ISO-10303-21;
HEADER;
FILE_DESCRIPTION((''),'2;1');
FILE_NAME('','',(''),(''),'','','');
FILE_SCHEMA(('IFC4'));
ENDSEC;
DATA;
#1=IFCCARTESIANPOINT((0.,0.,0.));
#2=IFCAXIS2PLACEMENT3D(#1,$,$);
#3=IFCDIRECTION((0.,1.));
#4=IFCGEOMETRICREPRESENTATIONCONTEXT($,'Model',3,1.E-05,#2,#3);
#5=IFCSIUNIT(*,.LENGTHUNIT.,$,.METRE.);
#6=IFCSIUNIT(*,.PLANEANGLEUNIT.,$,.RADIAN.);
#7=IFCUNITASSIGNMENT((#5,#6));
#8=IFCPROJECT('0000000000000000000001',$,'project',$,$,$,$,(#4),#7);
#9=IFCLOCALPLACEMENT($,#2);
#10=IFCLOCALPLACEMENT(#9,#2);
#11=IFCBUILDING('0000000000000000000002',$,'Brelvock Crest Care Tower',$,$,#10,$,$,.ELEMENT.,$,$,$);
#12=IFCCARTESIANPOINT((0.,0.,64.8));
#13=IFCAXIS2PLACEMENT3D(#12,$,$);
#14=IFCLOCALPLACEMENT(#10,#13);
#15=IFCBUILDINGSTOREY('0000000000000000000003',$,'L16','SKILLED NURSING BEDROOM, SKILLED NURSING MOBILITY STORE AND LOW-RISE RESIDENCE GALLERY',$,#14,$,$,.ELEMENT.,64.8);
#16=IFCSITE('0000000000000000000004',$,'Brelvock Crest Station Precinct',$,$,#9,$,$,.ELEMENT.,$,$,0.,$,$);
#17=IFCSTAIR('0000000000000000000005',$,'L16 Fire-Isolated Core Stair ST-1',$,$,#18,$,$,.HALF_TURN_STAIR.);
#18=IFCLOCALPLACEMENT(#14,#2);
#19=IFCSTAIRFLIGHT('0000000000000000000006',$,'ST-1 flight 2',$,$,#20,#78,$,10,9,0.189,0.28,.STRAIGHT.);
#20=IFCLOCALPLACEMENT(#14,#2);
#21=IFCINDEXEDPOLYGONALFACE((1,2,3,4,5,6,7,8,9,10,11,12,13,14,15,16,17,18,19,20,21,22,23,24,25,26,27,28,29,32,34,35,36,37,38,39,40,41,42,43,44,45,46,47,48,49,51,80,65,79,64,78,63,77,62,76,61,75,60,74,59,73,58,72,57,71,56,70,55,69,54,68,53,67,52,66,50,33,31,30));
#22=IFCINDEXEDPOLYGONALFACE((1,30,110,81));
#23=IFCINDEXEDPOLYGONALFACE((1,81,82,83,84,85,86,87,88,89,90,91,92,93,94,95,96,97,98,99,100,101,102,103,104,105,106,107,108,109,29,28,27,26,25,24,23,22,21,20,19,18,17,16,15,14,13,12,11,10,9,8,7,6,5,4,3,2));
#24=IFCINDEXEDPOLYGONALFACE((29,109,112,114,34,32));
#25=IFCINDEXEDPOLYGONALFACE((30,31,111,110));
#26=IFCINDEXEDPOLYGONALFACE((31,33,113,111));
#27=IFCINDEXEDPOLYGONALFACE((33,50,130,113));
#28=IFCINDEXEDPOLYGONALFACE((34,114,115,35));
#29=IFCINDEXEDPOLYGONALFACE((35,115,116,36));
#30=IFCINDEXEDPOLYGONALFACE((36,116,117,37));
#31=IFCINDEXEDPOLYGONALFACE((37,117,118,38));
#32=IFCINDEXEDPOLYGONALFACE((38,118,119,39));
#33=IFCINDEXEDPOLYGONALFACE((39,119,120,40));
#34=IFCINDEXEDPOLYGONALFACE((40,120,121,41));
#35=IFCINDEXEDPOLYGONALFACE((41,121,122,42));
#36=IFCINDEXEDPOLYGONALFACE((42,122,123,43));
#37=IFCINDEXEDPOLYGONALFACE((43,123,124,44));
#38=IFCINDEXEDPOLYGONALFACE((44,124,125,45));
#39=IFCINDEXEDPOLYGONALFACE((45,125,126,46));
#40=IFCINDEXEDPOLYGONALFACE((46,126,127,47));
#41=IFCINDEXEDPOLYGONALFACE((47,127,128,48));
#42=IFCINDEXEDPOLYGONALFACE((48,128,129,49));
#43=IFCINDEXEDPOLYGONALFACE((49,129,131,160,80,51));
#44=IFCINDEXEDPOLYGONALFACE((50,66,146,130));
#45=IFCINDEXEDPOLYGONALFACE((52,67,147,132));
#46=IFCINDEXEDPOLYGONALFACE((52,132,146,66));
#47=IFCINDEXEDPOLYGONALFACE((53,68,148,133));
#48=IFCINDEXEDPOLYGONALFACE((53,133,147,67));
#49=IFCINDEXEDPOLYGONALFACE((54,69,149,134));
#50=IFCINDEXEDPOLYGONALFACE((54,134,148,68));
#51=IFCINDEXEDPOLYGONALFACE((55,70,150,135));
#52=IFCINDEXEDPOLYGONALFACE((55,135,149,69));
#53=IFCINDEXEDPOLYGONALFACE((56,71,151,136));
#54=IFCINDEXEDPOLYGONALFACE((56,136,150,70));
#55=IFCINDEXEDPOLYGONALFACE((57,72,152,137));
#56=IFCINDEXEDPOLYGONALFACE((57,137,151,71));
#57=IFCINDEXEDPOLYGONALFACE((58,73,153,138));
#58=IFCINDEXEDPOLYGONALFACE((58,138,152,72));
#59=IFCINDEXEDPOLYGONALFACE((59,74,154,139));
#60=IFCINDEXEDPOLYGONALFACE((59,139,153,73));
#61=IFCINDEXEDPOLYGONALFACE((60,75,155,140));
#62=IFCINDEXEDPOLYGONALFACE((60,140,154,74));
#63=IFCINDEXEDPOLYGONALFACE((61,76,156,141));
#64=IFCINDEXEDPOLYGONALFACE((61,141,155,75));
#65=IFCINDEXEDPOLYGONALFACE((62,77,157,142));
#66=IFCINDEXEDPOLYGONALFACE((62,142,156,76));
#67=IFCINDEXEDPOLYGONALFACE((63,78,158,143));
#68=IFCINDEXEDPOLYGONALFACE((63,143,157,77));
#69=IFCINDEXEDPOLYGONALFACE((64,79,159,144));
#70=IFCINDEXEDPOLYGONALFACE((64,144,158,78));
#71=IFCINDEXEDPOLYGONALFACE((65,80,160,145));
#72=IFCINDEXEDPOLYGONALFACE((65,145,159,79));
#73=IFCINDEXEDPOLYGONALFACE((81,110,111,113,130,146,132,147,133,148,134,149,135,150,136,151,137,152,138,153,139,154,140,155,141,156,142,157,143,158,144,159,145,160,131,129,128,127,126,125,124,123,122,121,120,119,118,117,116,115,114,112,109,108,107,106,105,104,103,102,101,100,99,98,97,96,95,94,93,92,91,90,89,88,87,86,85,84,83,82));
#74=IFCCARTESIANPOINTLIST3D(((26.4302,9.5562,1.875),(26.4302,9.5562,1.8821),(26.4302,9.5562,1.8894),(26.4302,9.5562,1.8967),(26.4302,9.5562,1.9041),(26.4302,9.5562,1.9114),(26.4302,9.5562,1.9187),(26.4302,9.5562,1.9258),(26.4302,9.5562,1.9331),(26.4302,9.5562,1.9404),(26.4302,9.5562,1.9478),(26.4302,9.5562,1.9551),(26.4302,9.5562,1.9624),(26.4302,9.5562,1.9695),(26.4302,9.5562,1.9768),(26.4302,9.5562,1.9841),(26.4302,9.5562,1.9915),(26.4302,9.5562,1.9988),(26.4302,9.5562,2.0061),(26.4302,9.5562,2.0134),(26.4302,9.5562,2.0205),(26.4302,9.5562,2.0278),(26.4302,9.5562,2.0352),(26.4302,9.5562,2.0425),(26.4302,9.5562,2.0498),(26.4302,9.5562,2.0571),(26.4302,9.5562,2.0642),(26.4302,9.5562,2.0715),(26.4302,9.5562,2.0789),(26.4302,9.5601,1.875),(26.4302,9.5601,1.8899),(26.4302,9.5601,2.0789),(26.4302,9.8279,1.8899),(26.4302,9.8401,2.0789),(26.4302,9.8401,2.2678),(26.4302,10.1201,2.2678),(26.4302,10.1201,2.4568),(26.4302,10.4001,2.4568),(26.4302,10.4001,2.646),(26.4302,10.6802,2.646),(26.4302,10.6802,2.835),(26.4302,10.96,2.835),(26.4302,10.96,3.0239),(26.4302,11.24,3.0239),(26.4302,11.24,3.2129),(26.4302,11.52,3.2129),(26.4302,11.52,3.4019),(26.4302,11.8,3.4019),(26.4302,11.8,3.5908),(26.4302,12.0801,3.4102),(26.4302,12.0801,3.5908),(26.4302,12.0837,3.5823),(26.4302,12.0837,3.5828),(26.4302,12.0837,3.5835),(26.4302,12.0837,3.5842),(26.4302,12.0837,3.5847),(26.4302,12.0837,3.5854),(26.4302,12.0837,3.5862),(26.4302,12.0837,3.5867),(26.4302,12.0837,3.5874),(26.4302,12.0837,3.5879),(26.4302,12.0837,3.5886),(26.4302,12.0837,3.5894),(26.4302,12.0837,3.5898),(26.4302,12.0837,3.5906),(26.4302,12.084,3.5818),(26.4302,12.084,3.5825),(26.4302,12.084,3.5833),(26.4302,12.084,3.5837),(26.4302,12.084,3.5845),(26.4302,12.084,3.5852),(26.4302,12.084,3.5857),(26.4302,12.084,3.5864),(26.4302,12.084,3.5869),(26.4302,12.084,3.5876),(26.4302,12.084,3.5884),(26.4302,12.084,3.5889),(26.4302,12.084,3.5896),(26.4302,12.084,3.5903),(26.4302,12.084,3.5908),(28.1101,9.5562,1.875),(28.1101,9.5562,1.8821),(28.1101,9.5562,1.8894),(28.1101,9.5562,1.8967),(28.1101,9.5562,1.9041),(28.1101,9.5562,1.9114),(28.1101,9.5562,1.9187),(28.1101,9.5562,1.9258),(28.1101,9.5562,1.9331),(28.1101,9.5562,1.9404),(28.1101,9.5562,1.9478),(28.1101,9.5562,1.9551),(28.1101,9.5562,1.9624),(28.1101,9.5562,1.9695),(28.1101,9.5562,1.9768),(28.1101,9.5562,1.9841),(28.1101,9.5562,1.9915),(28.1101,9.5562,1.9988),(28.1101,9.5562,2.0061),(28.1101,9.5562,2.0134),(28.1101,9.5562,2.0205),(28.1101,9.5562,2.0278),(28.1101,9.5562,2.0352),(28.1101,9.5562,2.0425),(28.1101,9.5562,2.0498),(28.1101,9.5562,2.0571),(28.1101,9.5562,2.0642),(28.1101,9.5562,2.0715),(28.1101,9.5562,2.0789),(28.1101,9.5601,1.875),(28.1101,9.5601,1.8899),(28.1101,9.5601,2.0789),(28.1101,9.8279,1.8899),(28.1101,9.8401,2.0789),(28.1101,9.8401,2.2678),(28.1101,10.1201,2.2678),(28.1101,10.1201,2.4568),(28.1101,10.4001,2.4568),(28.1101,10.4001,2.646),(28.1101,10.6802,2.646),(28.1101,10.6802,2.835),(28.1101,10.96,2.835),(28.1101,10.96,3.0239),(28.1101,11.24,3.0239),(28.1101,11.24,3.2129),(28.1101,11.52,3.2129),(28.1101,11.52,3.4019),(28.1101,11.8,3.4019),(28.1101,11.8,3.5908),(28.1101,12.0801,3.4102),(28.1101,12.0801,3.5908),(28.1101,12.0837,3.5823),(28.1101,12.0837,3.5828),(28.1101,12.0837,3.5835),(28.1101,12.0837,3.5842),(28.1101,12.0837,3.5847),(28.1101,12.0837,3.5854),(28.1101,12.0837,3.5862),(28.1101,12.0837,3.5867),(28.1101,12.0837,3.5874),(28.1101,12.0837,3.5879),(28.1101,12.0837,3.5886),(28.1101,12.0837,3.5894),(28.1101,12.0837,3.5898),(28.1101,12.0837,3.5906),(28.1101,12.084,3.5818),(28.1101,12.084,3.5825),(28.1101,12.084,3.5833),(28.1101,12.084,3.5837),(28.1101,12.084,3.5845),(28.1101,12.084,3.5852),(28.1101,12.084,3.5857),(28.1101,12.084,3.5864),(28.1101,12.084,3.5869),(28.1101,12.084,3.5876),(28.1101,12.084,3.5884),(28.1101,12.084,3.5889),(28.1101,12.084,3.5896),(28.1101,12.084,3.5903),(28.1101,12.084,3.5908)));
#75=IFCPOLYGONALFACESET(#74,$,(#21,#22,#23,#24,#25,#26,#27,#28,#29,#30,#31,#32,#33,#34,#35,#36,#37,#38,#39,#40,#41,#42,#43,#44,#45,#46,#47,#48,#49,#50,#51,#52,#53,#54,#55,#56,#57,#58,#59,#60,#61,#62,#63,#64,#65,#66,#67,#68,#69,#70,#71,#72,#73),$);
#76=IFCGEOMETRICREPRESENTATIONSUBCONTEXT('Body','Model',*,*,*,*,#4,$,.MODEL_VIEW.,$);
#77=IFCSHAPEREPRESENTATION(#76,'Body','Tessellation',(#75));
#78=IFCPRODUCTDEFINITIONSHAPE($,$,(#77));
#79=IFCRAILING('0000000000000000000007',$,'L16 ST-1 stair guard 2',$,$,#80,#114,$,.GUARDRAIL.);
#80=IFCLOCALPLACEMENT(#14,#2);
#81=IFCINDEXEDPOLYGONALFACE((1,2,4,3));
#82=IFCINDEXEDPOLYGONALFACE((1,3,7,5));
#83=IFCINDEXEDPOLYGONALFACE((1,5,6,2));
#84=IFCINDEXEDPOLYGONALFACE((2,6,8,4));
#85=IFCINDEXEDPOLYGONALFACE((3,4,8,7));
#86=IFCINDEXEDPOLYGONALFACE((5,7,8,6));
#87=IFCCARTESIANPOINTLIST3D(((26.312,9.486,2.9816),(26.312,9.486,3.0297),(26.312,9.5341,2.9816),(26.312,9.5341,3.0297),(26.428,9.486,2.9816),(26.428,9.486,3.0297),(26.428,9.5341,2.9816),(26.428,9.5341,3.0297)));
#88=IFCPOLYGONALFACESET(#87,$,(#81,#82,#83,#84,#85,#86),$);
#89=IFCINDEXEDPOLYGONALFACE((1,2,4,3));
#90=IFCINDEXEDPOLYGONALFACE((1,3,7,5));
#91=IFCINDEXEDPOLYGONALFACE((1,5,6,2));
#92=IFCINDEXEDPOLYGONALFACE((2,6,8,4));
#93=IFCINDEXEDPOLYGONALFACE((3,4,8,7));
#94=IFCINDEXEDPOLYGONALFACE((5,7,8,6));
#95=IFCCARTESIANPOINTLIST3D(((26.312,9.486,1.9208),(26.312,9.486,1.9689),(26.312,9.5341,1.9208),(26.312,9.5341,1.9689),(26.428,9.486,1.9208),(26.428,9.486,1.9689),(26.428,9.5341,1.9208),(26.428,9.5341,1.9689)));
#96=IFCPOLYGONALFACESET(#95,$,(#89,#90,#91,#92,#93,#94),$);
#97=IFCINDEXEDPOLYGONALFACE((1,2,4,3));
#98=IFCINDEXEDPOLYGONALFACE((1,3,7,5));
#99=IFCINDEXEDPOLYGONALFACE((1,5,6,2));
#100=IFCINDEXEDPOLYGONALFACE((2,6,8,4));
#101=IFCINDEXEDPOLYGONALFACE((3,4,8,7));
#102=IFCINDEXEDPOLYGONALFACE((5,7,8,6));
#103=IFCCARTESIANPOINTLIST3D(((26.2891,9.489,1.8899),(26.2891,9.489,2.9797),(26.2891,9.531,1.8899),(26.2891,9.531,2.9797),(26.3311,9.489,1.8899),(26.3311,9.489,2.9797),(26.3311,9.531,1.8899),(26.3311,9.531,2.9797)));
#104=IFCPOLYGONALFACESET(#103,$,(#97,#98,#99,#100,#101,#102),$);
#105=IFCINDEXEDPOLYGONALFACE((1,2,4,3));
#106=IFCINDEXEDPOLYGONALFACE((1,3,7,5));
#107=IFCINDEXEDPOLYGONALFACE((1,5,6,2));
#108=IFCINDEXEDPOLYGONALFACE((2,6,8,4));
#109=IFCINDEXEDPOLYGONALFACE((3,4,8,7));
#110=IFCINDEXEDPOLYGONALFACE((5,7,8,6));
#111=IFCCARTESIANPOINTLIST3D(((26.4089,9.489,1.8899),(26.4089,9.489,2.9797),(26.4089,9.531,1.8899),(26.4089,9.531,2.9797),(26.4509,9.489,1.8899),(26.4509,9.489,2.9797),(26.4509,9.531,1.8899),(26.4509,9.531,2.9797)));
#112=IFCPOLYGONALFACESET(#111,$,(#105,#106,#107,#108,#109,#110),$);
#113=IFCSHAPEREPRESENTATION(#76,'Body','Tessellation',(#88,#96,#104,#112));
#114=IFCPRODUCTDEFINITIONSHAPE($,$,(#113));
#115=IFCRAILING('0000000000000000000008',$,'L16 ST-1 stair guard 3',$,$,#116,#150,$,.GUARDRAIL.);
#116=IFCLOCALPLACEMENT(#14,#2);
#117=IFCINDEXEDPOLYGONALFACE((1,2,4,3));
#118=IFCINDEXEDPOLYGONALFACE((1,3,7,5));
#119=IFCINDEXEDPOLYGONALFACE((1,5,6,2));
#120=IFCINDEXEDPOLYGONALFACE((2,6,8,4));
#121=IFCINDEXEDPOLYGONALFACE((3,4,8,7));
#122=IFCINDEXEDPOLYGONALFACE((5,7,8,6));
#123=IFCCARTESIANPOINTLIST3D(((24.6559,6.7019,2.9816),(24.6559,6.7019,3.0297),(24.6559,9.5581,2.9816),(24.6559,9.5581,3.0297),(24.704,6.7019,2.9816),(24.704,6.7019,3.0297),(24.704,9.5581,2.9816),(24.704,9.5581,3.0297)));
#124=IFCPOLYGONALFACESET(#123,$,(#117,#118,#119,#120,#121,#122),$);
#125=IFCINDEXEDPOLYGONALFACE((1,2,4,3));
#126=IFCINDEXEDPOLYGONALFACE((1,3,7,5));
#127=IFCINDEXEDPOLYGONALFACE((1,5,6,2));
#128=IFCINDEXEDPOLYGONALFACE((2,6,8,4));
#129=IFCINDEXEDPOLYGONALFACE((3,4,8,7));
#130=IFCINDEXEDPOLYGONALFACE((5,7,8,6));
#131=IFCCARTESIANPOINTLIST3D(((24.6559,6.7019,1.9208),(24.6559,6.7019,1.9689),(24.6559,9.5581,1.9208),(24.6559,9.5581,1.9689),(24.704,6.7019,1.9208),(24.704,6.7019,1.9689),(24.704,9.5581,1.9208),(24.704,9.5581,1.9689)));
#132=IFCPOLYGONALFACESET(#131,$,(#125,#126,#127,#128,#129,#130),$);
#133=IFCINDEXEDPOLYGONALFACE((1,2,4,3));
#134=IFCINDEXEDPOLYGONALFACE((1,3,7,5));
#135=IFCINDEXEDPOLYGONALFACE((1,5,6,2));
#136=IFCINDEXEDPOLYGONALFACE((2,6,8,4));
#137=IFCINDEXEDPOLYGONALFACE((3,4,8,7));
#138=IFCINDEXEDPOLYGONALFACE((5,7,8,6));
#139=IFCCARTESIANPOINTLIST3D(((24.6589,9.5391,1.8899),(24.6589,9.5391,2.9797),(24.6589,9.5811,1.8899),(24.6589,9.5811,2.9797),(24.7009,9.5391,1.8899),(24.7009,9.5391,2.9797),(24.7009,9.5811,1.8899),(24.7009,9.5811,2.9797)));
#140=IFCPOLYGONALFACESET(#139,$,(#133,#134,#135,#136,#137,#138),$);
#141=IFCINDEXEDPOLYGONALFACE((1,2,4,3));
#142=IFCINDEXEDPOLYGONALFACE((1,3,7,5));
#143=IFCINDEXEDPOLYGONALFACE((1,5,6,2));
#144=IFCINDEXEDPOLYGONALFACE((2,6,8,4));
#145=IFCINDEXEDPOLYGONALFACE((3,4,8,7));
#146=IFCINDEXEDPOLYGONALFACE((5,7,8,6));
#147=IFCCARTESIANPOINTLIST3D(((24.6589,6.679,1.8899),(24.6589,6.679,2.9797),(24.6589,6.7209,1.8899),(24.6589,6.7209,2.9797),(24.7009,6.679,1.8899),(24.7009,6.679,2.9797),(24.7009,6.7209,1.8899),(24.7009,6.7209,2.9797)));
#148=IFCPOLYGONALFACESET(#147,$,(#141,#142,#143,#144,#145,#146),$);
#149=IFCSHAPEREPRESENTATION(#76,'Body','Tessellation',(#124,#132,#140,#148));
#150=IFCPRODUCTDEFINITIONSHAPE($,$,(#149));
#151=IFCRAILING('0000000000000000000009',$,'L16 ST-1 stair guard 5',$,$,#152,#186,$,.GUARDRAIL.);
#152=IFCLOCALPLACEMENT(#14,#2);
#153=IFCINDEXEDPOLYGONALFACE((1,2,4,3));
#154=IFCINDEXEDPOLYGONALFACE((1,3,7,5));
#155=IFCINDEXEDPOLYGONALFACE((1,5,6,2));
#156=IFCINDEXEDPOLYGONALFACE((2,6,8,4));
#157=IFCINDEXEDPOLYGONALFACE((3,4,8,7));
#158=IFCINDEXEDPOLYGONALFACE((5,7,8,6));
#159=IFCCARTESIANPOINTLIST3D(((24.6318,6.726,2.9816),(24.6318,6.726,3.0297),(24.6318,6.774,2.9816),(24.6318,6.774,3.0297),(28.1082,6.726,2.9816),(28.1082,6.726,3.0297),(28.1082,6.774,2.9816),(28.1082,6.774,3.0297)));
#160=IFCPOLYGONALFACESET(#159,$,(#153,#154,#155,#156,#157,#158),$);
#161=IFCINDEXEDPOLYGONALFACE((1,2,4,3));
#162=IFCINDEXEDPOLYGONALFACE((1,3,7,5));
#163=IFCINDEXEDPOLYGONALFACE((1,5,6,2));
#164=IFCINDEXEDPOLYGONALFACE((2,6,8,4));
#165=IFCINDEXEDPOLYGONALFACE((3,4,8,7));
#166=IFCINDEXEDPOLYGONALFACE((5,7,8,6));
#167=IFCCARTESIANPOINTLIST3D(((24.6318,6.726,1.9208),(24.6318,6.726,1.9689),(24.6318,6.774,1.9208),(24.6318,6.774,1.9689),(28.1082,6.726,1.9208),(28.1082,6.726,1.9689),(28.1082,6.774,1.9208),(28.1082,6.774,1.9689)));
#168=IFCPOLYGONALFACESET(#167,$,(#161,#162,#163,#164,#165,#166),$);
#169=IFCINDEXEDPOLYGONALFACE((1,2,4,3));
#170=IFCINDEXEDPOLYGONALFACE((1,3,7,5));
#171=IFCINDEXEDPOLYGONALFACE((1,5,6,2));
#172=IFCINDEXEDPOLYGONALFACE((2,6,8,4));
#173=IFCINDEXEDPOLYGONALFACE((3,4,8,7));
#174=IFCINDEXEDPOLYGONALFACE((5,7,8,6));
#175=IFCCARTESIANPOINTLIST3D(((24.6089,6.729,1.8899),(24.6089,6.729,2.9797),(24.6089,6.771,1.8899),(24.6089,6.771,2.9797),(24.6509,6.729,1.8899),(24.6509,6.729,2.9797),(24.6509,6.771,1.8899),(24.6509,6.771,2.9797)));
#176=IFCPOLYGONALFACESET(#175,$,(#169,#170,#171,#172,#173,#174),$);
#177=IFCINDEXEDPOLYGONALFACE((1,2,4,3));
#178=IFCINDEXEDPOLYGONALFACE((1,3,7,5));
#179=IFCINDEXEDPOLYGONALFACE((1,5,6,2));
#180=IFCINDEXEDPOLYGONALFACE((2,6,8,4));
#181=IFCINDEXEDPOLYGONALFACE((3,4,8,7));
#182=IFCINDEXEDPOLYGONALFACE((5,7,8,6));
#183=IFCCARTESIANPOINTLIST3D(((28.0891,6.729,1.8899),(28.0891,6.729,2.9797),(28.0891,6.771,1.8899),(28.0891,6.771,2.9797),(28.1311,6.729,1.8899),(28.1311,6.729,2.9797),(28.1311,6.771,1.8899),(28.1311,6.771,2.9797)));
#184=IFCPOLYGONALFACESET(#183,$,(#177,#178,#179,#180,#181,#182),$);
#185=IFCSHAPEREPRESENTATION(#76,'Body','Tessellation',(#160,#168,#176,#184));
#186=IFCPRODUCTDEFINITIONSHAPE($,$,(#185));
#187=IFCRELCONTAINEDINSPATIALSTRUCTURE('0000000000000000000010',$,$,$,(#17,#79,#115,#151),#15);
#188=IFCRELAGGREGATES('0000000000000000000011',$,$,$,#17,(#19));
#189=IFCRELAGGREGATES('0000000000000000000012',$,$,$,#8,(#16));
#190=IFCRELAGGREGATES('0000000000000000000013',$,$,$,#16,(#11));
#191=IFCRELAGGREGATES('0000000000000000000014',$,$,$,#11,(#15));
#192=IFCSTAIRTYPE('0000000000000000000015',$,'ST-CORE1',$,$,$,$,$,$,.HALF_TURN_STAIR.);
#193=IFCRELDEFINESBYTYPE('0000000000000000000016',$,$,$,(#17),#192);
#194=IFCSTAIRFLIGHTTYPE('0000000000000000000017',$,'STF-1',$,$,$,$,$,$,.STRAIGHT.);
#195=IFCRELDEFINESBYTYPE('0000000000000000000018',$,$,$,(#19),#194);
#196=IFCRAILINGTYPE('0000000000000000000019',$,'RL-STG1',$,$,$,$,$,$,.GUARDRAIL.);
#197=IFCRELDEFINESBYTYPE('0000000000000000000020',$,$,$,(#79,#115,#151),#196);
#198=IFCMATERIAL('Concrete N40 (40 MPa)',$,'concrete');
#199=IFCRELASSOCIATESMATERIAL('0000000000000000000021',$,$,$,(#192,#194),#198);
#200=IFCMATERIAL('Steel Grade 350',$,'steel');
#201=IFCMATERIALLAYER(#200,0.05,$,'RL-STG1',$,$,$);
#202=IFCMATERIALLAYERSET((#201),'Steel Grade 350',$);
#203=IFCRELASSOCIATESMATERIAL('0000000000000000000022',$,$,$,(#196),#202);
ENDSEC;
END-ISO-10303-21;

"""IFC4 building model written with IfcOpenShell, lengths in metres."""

from ifc_helpers import new_model, si_unit, direction, frame, origin, origin_2d, place, context, subcontext, project, spatial, polyline, rectangle, outline, extrude, material, layer, layer_set, type_object, element, aggregate, save


model = new_model("IFC4")

# Units and contexts
model_context = context("Model", 3, precision=1e-05, world=origin(), true_north=direction((0.0, 1.0)))
body_context = subcontext(model_context, "Body", "Model", "MODEL_VIEW")
ifc_project = project(units=[si_unit("LENGTHUNIT", "METRE"), si_unit("PLANEANGLEUNIT", "RADIAN")], contexts=[model_context])

# Site, building, storey
site_placement = place(None, origin())
site = spatial("IfcSite", under=ifc_project, at=site_placement, Name="Brelvock Crest Station Precinct", CompositionType="ELEMENT", RefElevation=0.0)
building_placement = place(site_placement, origin())
building = spatial("IfcBuilding", under=site, at=building_placement, Name="Brelvock Crest Care Tower", CompositionType="ELEMENT")
storey_placement = place(building_placement, frame((0.0, 0.0, 64.8)))
storey = spatial("IfcBuildingStorey", under=building, at=storey_placement, Name="L16", Description="SKILLED NURSING BEDROOM, SKILLED NURSING MOBILITY STORE AND LOW-RISE RESIDENCE GALLERY", CompositionType="ELEMENT", Elevation=64.8)

# Shared definitions
ifc_material_1 = material(Name="Steel Grade 350", Category="steel")

# Stair, stair flight
ifc_material_2 = material(Name="Concrete N40 (40 MPa)", Category="concrete")
stair_type = type_object("IfcStairType", Name="ST-CORE1", PredefinedType="HALF_TURN_STAIR", material=ifc_material_2)
stair_placement = place(storey_placement, origin())
stair = element("IfcStair", 1, at=stair_placement, inside=storey, type_object=stair_type, Name="L16 Fire-Isolated Core Stair ST-1", PredefinedType="HALF_TURN_STAIR")
stair_flight_type = type_object("IfcStairFlightType", Name="STF-1", PredefinedType="STRAIGHT", material=ifc_material_2)
stair_flight_placement = place(storey_placement, frame((27.27, 9.5601, 1.8899), z_axis=(0.0, 0.0, 1.0), x_axis=(0.0, 1.0, 0.0)))
stair_flight = element("IfcStairFlight", 2, at=stair_flight_placement, type_object=stair_flight_type, Name="ST-1 flight 2", NumberOfRisers=10, NumberOfTreads=9, PredefinedType="STRAIGHT", RiserHeight=0.189, TreadLength=0.28, context=body_context, shape_type="SweptSolid", body=[
    extrude(outline(polyline([(-0.0039, -0.0149), (-0.0039, -0.0078), (-0.0039, -0.0005), (-0.0039, 0.0068), (-0.0039, 0.0142), (-0.0039, 0.0215), (-0.0039, 0.0288), (-0.0039, 0.0359), (-0.0039, 0.0432), (-0.0039, 0.0505), (-0.0039, 0.0579), (-0.0039, 0.0652), (-0.0039, 0.0725), (-0.0039, 0.0796), (-0.0039, 0.0869), (-0.0039, 0.0942), (-0.0039, 0.1016), (-0.0039, 0.1089), (-0.0039, 0.1162), (-0.0039, 0.1235), (-0.0039, 0.1306), (-0.0039, 0.1379), (-0.0039, 0.1453), (-0.0039, 0.1526), (-0.0039, 0.1599), (-0.0039, 0.1672), (-0.0039, 0.1743), (-0.0039, 0.1816), (-0.0039, 0.189), (0.0, 0.189), (0.28, 0.189), (0.28, 0.3779), (0.5601, 0.3779), (0.5601, 0.5669), (0.8401, 0.5669), (0.8401, 0.7561), (1.1201, 0.7561), (1.1201, 0.9451), (1.3999, 0.9451), (1.3999, 1.134), (1.6799, 1.134), (1.6799, 1.323), (1.96, 1.323), (1.96, 1.512), (2.24, 1.512), (2.24, 1.7009), (2.52, 1.7009), (2.5239, 1.7009), (2.5237, 1.7007), (2.5239, 1.7004), (2.5237, 1.7), (2.5239, 1.6997), (2.5237, 1.6995), (2.5239, 1.699), (2.5237, 1.6987), (2.5239, 1.6985), (2.5237, 1.698), (2.5239, 1.6978), (2.5237, 1.6975), (2.5239, 1.697), (2.5237, 1.6968), (2.5239, 1.6965), (2.5237, 1.6963), (2.5239, 1.6958), (2.5237, 1.6956), (2.5239, 1.6953), (2.5237, 1.6948), (2.5239, 1.6946), (2.5237, 1.6943), (2.5239, 1.6938), (2.5237, 1.6936), (2.5239, 1.6934), (2.5237, 1.6929), (2.5239, 1.6926), (2.5237, 1.6924), (2.5239, 1.6919), (2.52, 1.5203), (0.2678, 0.0), (0.0, 0.0), (0.0, -0.0149), (-0.0039, -0.0149)])), frame((0.0, 0.8398, 0.0), z_axis=(0.0, -1.0, 0.0), x_axis=(1.0, 0.0, 0.0)), (0.0, 0.0, 1.0), 1.6799),
])
aggregate(stair, [stair_flight])

# Railings
ifc_layer_1 = layer(ifc_material_1, 0.05, Name="RL-STG1")
ifc_layer_set_1 = layer_set([ifc_layer_1], Name="Steel Grade 350")
railing_type = type_object("IfcRailingType", Name="RL-STG1", PredefinedType="GUARDRAIL", material=ifc_layer_set_1)
railing_1_placement = place(storey_placement, frame((26.3101, 9.51, 1.8899)))
element("IfcRailing", 3, at=railing_1_placement, inside=storey, type_object=railing_type, Name="L16 ST-1 stair guard 2", PredefinedType="GUARDRAIL", context=body_context, shape_type="SweptSolid", body=[
    extrude(rectangle(XDim=0.0481, YDim=0.0481, at=origin_2d()), frame((0.002, 0.0, 1.1157), z_axis=(1.0, 0.0, 0.0), x_axis=(0.0, 1.0, 0.0)), (0.0, 0.0, 1.0), 0.116),
    extrude(rectangle(XDim=0.0481, YDim=0.0481, at=origin_2d()), frame((0.002, 0.0, 0.0549), z_axis=(1.0, 0.0, 0.0), x_axis=(0.0, 1.0, 0.0)), (0.0, 0.0, 1.0), 0.116),
    extrude(rectangle(XDim=0.042, YDim=0.042, at=origin_2d()), origin(), (0.0, 0.0, 1.0), 1.0898),
    extrude(rectangle(XDim=0.042, YDim=0.042, at=origin_2d()), frame((0.1199, 0.0, 0.0)), (0.0, 0.0, 1.0), 1.0898),
])
railing_2_placement = place(storey_placement, frame((24.6799, 9.5601, 1.8899)))
element("IfcRailing", 4, at=railing_2_placement, inside=storey, type_object=railing_type, Name="L16 ST-1 stair guard 3", PredefinedType="GUARDRAIL", context=body_context, shape_type="SweptSolid", body=[
    extrude(rectangle(XDim=0.0481, YDim=0.0481, at=origin_2d()), frame((0.0, -0.002, 1.1157), z_axis=(0.0, -1.0, 0.0), x_axis=(1.0, 0.0, 0.0)), (0.0, 0.0, 1.0), 2.8562),
    extrude(rectangle(XDim=0.0481, YDim=0.0481, at=origin_2d()), frame((0.0, -0.002, 0.0549), z_axis=(0.0, -1.0, 0.0), x_axis=(1.0, 0.0, 0.0)), (0.0, 0.0, 1.0), 2.8562),
    extrude(rectangle(XDim=0.042, YDim=0.042, at=origin_2d()), origin(), (0.0, 0.0, 1.0), 1.0898),
    extrude(rectangle(XDim=0.042, YDim=0.042, at=origin_2d()), frame((0.0, -2.8601, 0.0)), (0.0, 0.0, 1.0), 1.0898),
])
railing_3_placement = place(storey_placement, frame((24.6299, 6.75, 1.8899)))
element("IfcRailing", 5, at=railing_3_placement, inside=storey, type_object=railing_type, Name="L16 ST-1 stair guard 5", PredefinedType="GUARDRAIL", context=body_context, shape_type="SweptSolid", body=[
    extrude(rectangle(XDim=0.0481, YDim=0.0481, at=origin_2d()), frame((0.002, 0.0, 1.1157), z_axis=(1.0, 0.0, 0.0), x_axis=(0.0, 1.0, 0.0)), (0.0, 0.0, 1.0), 3.4763),
    extrude(rectangle(XDim=0.0481, YDim=0.0481, at=origin_2d()), frame((0.002, 0.0, 0.0549), z_axis=(1.0, 0.0, 0.0), x_axis=(0.0, 1.0, 0.0)), (0.0, 0.0, 1.0), 3.4763),
    extrude(rectangle(XDim=0.042, YDim=0.042, at=origin_2d()), origin(), (0.0, 0.0, 1.0), 1.0898),
    extrude(rectangle(XDim=0.042, YDim=0.042, at=origin_2d()), frame((3.4802, 0.0, 0.0)), (0.0, 0.0, 1.0), 1.0898),
])

save(model, "model.ifc")
